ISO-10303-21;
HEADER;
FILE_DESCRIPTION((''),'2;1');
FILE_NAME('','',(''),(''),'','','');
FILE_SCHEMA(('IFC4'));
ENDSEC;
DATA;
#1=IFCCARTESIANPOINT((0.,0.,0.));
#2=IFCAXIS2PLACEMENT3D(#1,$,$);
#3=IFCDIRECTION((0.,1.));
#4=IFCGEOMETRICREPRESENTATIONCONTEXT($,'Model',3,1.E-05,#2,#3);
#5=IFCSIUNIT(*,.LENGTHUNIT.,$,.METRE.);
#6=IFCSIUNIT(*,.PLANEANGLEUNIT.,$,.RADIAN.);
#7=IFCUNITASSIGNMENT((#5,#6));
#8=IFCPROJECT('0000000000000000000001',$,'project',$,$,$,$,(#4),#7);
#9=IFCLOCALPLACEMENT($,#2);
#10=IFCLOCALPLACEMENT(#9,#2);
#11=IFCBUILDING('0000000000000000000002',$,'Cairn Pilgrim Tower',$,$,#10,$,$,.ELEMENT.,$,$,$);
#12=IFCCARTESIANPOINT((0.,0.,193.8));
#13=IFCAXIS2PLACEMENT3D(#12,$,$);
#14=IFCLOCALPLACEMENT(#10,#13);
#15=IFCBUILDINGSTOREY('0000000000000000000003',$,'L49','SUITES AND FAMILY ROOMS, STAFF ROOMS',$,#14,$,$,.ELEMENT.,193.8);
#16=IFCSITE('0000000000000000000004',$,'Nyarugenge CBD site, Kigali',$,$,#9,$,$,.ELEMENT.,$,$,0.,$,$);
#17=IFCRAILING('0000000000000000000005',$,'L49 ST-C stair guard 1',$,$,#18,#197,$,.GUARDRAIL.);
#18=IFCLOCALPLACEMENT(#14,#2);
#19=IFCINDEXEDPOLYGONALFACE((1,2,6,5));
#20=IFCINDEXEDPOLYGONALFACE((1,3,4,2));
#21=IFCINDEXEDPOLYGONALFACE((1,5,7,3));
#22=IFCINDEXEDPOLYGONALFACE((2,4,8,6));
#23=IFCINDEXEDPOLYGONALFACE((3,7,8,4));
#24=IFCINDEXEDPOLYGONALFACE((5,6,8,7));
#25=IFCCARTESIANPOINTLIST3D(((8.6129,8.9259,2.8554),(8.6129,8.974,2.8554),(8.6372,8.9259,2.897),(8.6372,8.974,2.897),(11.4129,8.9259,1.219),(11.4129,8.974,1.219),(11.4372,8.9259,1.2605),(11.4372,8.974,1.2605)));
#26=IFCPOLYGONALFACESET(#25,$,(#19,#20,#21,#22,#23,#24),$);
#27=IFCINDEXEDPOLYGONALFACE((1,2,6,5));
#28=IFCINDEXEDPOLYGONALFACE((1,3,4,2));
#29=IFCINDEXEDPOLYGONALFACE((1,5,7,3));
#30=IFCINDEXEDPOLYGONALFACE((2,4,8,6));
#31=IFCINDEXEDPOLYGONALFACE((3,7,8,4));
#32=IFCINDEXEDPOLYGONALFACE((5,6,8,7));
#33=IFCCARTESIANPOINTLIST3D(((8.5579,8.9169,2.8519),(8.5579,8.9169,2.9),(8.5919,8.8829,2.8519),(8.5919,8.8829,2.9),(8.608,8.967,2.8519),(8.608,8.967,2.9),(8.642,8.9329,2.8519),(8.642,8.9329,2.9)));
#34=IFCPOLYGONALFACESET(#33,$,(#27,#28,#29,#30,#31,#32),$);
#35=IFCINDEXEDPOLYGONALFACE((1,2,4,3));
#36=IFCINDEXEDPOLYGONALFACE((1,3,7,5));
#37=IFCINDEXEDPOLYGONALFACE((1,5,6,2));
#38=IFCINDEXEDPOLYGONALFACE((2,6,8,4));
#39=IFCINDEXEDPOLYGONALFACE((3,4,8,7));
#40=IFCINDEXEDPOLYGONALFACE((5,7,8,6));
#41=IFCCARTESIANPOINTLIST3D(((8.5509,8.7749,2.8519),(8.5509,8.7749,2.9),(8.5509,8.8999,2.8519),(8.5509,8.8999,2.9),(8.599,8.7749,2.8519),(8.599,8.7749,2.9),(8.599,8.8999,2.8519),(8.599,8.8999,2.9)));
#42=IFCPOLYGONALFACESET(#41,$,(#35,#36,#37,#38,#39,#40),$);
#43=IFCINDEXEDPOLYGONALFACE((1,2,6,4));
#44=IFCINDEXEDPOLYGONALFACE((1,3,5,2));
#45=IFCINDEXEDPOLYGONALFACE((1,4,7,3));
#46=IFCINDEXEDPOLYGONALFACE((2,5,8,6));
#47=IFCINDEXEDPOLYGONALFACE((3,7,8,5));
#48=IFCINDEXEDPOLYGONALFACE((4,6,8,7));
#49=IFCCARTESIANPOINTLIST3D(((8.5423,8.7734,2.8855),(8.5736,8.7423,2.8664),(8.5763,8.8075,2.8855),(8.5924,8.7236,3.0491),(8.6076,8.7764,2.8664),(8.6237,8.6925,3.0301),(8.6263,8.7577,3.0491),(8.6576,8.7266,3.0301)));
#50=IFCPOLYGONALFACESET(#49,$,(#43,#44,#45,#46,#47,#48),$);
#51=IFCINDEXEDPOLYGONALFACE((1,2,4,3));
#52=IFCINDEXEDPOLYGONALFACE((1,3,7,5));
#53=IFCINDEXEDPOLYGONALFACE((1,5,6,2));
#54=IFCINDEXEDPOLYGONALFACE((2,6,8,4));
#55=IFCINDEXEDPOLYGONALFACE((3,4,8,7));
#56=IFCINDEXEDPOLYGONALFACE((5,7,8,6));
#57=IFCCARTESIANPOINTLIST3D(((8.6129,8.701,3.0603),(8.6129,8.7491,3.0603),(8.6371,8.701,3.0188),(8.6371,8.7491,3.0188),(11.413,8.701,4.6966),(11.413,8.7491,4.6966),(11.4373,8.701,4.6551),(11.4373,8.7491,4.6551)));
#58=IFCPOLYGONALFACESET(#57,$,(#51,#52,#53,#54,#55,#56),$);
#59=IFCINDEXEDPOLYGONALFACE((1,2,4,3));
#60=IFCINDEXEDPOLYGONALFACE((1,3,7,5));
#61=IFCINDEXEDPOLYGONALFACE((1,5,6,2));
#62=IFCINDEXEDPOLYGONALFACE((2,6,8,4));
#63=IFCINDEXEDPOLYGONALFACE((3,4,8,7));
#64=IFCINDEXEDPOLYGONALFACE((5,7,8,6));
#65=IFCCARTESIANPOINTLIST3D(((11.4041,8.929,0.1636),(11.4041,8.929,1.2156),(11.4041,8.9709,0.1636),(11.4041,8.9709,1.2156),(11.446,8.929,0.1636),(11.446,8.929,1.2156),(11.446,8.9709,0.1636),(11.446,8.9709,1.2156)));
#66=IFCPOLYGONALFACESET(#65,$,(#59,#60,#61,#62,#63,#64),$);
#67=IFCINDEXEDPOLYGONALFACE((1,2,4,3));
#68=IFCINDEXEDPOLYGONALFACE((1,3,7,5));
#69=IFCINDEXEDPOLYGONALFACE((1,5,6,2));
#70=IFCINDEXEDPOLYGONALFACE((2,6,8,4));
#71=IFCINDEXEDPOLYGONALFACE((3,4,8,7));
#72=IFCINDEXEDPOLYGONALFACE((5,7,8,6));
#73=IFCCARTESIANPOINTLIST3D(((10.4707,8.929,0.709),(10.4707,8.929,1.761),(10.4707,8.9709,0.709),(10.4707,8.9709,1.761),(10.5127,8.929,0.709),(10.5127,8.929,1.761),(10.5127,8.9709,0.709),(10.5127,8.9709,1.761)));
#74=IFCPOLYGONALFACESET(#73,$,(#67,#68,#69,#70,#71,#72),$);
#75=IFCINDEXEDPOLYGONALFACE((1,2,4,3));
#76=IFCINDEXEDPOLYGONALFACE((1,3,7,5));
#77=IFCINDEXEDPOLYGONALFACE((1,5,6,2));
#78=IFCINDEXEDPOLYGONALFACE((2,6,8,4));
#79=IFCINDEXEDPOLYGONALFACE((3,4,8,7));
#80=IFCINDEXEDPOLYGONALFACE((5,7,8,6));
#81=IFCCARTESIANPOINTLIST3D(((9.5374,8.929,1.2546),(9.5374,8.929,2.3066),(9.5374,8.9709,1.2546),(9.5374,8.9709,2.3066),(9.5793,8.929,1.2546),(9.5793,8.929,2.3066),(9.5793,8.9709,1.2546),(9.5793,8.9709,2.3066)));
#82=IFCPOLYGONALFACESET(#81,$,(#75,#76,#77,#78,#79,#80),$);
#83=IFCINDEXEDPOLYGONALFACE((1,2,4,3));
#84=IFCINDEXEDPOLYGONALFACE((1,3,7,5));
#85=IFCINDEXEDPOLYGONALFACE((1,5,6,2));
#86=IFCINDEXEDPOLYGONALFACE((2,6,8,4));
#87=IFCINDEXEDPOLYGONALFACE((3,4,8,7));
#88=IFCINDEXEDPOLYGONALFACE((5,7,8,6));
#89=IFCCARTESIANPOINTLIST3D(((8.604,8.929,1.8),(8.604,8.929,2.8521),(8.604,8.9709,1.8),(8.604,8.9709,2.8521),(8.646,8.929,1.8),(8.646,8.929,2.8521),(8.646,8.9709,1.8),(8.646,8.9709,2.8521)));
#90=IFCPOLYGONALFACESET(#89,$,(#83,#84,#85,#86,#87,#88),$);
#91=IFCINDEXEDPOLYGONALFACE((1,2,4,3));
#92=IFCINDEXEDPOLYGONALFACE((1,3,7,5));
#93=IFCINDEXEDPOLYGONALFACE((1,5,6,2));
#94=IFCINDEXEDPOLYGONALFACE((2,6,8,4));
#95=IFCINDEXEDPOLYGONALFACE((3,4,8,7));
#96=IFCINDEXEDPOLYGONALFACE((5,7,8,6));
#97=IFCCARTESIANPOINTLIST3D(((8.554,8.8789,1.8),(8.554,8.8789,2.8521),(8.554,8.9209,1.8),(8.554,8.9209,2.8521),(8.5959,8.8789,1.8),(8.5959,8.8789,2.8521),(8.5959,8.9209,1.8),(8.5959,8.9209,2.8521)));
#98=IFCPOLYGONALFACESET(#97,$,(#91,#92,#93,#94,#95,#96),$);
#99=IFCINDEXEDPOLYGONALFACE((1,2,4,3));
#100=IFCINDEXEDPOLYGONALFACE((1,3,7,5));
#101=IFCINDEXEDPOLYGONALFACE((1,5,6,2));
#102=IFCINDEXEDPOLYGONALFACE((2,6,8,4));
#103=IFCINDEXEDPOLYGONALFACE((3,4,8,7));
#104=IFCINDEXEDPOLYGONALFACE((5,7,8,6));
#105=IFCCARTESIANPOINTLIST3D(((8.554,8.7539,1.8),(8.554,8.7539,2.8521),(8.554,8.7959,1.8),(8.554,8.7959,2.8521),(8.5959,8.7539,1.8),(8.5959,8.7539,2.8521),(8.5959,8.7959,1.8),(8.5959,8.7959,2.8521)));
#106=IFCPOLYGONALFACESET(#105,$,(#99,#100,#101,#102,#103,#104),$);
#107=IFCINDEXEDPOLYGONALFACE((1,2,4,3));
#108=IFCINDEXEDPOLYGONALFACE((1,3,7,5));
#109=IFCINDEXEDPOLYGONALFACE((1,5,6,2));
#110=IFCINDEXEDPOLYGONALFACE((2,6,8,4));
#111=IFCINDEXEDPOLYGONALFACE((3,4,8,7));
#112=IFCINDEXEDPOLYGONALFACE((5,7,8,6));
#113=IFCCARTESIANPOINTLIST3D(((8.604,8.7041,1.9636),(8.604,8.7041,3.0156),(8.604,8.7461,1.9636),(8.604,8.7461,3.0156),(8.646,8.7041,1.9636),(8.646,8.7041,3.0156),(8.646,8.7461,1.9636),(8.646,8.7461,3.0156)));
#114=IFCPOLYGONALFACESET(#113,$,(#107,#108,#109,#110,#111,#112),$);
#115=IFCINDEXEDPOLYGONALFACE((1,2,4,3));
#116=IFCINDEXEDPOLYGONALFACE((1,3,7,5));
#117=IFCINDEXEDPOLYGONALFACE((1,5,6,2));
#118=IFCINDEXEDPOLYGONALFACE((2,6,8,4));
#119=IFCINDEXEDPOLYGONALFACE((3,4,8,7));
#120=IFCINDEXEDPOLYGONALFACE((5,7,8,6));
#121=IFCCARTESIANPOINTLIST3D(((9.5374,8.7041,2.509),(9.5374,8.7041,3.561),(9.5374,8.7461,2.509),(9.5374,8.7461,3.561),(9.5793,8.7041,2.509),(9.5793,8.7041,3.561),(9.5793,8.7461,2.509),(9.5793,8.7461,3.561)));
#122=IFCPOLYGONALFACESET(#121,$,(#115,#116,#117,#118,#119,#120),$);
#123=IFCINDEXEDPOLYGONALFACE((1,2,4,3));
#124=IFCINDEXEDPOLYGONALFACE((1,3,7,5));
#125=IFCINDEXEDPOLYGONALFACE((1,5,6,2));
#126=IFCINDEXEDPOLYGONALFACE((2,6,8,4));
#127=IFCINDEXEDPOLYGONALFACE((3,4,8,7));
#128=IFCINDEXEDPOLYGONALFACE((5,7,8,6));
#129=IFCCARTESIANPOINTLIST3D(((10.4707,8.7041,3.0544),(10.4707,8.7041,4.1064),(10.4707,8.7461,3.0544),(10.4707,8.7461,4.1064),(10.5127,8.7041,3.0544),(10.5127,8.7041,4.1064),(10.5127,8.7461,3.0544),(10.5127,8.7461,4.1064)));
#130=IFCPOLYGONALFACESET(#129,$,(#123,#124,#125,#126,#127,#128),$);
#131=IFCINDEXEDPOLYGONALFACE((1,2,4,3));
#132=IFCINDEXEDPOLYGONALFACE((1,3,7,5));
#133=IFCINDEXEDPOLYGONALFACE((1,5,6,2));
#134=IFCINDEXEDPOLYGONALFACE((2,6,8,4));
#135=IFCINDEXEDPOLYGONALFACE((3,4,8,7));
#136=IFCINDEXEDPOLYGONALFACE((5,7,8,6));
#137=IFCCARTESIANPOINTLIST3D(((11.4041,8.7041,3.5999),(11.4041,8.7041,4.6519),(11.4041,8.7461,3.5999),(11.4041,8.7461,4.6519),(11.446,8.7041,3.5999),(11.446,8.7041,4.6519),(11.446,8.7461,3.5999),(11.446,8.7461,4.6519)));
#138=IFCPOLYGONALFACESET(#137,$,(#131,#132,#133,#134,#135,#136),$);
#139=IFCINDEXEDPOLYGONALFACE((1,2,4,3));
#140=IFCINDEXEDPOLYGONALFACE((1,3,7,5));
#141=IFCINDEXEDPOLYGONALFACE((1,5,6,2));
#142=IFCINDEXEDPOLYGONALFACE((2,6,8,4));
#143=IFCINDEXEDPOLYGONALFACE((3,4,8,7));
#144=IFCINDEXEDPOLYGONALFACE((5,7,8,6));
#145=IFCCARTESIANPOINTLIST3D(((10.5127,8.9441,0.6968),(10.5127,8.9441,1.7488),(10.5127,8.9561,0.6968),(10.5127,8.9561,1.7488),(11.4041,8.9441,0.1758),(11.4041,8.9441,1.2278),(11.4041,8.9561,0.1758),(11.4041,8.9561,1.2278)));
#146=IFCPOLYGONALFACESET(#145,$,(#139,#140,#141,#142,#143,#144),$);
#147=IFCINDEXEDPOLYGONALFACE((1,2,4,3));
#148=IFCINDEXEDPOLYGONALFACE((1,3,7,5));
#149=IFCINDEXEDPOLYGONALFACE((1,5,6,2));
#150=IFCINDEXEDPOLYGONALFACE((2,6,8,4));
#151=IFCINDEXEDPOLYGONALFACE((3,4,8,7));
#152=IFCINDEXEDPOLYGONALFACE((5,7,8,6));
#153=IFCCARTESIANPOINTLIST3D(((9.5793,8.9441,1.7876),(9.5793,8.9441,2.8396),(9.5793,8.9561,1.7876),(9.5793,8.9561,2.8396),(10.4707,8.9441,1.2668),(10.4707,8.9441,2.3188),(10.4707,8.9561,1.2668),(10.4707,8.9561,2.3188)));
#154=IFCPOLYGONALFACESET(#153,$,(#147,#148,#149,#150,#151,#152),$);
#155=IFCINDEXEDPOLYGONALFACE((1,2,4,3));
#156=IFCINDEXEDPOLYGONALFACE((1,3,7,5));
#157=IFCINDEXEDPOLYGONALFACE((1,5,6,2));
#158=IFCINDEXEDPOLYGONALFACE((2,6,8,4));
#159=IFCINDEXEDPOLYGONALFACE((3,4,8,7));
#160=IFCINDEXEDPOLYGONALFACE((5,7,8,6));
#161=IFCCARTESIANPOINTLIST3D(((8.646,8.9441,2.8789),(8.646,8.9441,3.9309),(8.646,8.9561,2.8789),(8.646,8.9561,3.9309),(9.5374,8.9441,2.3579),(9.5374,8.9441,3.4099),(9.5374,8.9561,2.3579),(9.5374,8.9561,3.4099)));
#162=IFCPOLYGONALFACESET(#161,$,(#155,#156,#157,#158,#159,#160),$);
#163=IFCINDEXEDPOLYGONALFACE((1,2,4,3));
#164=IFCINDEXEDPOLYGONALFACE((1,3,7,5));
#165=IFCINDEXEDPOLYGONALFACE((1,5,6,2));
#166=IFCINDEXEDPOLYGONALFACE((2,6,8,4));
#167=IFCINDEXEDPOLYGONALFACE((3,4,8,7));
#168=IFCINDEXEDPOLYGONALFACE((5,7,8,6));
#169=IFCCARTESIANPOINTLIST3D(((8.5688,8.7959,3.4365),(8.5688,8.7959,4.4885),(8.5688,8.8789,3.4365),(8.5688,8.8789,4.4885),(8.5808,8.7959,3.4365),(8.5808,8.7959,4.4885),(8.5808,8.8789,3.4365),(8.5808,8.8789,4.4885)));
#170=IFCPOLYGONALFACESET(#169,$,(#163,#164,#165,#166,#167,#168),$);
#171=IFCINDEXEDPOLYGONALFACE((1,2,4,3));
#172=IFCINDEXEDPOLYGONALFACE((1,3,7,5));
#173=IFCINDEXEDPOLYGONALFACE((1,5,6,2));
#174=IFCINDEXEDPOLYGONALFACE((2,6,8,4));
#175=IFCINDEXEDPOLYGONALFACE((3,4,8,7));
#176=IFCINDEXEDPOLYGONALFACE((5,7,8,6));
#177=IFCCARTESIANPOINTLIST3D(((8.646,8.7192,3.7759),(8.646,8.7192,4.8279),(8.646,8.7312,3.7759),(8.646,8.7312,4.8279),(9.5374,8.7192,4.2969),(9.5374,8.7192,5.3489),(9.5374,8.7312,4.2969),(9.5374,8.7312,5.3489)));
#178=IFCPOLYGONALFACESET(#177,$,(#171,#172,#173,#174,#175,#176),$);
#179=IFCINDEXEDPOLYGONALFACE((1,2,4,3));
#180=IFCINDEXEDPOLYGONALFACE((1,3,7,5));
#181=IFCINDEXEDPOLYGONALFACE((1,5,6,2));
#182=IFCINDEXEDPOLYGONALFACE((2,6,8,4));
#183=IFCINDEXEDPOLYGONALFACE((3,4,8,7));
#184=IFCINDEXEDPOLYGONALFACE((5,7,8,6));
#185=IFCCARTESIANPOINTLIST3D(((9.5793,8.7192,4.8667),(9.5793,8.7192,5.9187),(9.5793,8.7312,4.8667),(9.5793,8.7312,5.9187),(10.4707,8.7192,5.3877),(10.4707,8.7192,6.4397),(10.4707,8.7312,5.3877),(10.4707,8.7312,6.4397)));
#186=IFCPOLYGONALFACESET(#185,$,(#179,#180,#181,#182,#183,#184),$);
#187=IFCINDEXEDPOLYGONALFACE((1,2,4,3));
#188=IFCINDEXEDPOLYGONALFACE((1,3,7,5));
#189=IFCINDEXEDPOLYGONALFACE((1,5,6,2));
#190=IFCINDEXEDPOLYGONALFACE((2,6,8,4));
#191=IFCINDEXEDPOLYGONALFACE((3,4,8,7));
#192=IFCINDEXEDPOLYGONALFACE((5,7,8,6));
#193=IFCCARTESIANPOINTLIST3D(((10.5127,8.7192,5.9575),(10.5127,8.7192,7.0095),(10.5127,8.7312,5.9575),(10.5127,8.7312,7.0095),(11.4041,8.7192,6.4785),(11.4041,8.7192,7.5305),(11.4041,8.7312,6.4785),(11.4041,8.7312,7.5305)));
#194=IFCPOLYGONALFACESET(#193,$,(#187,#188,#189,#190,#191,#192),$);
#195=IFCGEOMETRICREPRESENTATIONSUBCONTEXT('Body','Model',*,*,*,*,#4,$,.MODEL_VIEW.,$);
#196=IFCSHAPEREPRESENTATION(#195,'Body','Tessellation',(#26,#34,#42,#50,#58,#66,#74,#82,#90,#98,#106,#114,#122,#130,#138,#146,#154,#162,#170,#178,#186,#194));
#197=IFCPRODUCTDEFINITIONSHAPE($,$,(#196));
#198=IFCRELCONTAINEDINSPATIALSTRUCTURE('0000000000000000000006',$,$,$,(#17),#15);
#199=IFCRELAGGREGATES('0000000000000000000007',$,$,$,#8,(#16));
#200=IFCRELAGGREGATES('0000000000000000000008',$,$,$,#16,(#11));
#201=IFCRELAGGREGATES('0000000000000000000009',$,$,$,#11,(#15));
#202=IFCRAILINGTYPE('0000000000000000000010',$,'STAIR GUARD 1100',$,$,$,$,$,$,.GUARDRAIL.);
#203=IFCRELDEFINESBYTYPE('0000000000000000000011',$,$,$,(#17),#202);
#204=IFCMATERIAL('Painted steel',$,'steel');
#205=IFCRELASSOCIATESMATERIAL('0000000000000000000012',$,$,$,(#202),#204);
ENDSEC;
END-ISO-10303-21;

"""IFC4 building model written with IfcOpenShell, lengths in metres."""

from ifc_helpers import new_model, si_unit, direction, frame, origin, origin_2d, place, context, subcontext, project, spatial, polyline, rectangle, outline, extrude, material, type_object, element, save


model = new_model("IFC4")

# Units and contexts
model_context = context("Model", 3, precision=1e-05, world=origin(), true_north=direction((0.0, 1.0)))
body_context = subcontext(model_context, "Body", "Model", "MODEL_VIEW")
ifc_project = project(units=[si_unit("LENGTHUNIT", "METRE"), si_unit("PLANEANGLEUNIT", "RADIAN")], contexts=[model_context])

# Site, building, storey
site_placement = place(None, origin())
site = spatial("IfcSite", under=ifc_project, at=site_placement, Name="Nyarugenge CBD site, Kigali", CompositionType="ELEMENT", RefElevation=0.0)
building_placement = place(site_placement, origin())
building = spatial("IfcBuilding", under=site, at=building_placement, Name="Cairn Pilgrim Tower", CompositionType="ELEMENT")
storey_placement = place(building_placement, frame((0.0, 0.0, 193.8)))
storey = spatial("IfcBuildingStorey", under=building, at=storey_placement, Name="L49", Description="SUITES AND FAMILY ROOMS, STAFF ROOMS", CompositionType="ELEMENT", Elevation=193.8)

# Shared definitions
ifc_material_1 = material(Name="Painted steel", Category="steel")

# Railing
railing_type_1 = type_object("IfcRailingType", Name="STAIR GUARD 1100", PredefinedType="GUARDRAIL", material=ifc_material_1)
railing_1_placement = place(storey_placement, frame((11.425, 8.95, 0.1636)))
element("IfcRailing", 1, at=railing_1_placement, inside=storey, type_object=railing_type_1, Name="L49 ST-C stair guard 1", PredefinedType="GUARDRAIL", context=body_context, shape_type="SweptSolid", body=[
    extrude(rectangle(XDim=0.0481, YDim=0.0481, at=origin_2d()), frame((0.0, 0.0, 1.0762), z_axis=(-0.863361, 0.0, 0.504587), x_axis=(0.0, -1.0, 0.0)), (0.0, 0.0, 1.0), 3.2432),
    extrude(rectangle(XDim=0.0481, YDim=0.0481, at=origin_2d()), frame((-2.8, 0.0, 2.7124), z_axis=(-0.707107, -0.707107, 0.0), x_axis=(0.707107, -0.707107, 0.0)), (0.0, 0.0, 1.0), 0.0708),
    extrude(rectangle(XDim=0.0481, YDim=0.0481, at=origin_2d()), frame((-2.8501, -0.05, 2.7124), z_axis=(0.0, -1.0, 0.0), x_axis=(1.0, 0.0, 0.0)), (0.0, 0.0, 1.0), 0.125),
    extrude(rectangle(XDim=0.0481, YDim=0.0481, at=origin_2d()), frame((-2.8501, -0.175, 2.7124), z_axis=(0.280917, -0.279546, 0.918118), x_axis=(0.705376, 0.708834, 0.0)), (0.0, 0.0, 1.0), 0.1782),
    extrude(rectangle(XDim=0.0481, YDim=0.0481, at=origin_2d()), frame((-2.8, -0.2249, 2.876), z_axis=(0.863394, 0.0, 0.504531), x_axis=(0.0, 1.0, 0.0)), (0.0, 0.0, 1.0), 3.2432),
    extrude(rectangle(XDim=0.042, YDim=0.042, at=origin_2d()), origin(), (0.0, 0.0, 1.0), 1.052),
    extrude(rectangle(XDim=0.042, YDim=0.042, at=origin_2d()), frame((-0.9333, 0.0, 0.5454)), (0.0, 0.0, 1.0), 1.052),
    extrude(rectangle(XDim=0.042, YDim=0.042, at=origin_2d()), frame((-1.8667, 0.0, 1.0911)), (0.0, 0.0, 1.0), 1.052),
    extrude(rectangle(XDim=0.042, YDim=0.042, at=origin_2d()), frame((-2.8, 0.0, 1.6365)), (0.0, 0.0, 1.0), 1.052),
    extrude(rectangle(XDim=0.042, YDim=0.042, at=origin_2d()), frame((-2.8501, -0.05, 1.6365)), (0.0, 0.0, 1.0), 1.052),
    extrude(rectangle(XDim=0.042, YDim=0.042, at=origin_2d()), frame((-2.8501, -0.175, 1.6365)), (0.0, 0.0, 1.0), 1.052),
    extrude(rectangle(XDim=0.042, YDim=0.042, at=origin_2d()), frame((-2.8, -0.2249, 1.8)), (0.0, 0.0, 1.0), 1.052),
    extrude(rectangle(XDim=0.042, YDim=0.042, at=origin_2d()), frame((-1.8667, -0.2249, 2.3455)), (0.0, 0.0, 1.0), 1.052),
    extrude(rectangle(XDim=0.042, YDim=0.042, at=origin_2d()), frame((-0.9333, -0.2249, 2.8909)), (0.0, 0.0, 1.0), 1.052),
    extrude(rectangle(XDim=0.042, YDim=0.042, at=origin_2d()), frame((0.0, -0.2249, 3.4363)), (0.0, 0.0, 1.0), 1.052),
    extrude(outline(polyline([(0.021, 0.0122), (0.9124, 0.5332), (0.9124, 1.5852), (0.021, 1.0642), (0.021, 0.0122)])), frame((0.0, -0.0059, 0.0), z_axis=(0.0, 1.0, 0.0), x_axis=(-1.0, 0.0, 0.0)), (0.0, 0.0, 1.0), 0.012),
    extrude(outline(polyline([(0.021, 0.5579), (0.9124, 1.0786), (0.9124, 2.1306), (0.021, 1.6099), (0.021, 0.5579)])), frame((-0.9333, -0.0059, 0.5454), z_axis=(0.0, 1.0, 0.0), x_axis=(-1.0, 0.0, 0.0)), (0.0, 0.0, 1.0), 0.012),
    extrude(outline(polyline([(0.021, 1.1033), (0.9124, 1.6243), (0.9124, 2.6763), (0.021, 2.1553), (0.021, 1.1033)])), frame((-1.8667, -0.0059, 1.0911), z_axis=(0.0, 1.0, 0.0), x_axis=(-1.0, 0.0, 0.0)), (0.0, 0.0, 1.0), 0.012),
    extrude(outline(polyline([(0.021, 1.6365), (0.104, 1.6365), (0.104, 2.6885), (0.021, 2.6885), (0.021, 1.6365)])), frame((-2.8442, -0.05, 1.6365), z_axis=(-1.0, 0.0, 0.0), x_axis=(0.0, -1.0, 0.0)), (0.0, 0.0, 1.0), 0.012),
    extrude(outline(polyline([(0.021, 1.8123), (0.9124, 2.3333), (0.9124, 3.3853), (0.021, 2.8643), (0.021, 1.8123)])), frame((-2.8, -0.2188, 1.8), z_axis=(0.0, -1.0, 0.0), x_axis=(1.0, 0.0, 0.0)), (0.0, 0.0, 1.0), 0.012),
    extrude(outline(polyline([(0.021, 2.3577), (0.9124, 2.8787), (0.9124, 3.9307), (0.021, 3.4097), (0.021, 2.3577)])), frame((-1.8667, -0.2188, 2.3455), z_axis=(0.0, -1.0, 0.0), x_axis=(1.0, 0.0, 0.0)), (0.0, 0.0, 1.0), 0.012),
    extrude(outline(polyline([(0.021, 2.9031), (0.9124, 3.4241), (0.9124, 4.4761), (0.021, 3.9551), (0.021, 2.9031)])), frame((-0.9333, -0.2188, 2.8909), z_axis=(0.0, -1.0, 0.0), x_axis=(1.0, 0.0, 0.0)), (0.0, 0.0, 1.0), 0.012),
])

save(model, "model.ifc")
